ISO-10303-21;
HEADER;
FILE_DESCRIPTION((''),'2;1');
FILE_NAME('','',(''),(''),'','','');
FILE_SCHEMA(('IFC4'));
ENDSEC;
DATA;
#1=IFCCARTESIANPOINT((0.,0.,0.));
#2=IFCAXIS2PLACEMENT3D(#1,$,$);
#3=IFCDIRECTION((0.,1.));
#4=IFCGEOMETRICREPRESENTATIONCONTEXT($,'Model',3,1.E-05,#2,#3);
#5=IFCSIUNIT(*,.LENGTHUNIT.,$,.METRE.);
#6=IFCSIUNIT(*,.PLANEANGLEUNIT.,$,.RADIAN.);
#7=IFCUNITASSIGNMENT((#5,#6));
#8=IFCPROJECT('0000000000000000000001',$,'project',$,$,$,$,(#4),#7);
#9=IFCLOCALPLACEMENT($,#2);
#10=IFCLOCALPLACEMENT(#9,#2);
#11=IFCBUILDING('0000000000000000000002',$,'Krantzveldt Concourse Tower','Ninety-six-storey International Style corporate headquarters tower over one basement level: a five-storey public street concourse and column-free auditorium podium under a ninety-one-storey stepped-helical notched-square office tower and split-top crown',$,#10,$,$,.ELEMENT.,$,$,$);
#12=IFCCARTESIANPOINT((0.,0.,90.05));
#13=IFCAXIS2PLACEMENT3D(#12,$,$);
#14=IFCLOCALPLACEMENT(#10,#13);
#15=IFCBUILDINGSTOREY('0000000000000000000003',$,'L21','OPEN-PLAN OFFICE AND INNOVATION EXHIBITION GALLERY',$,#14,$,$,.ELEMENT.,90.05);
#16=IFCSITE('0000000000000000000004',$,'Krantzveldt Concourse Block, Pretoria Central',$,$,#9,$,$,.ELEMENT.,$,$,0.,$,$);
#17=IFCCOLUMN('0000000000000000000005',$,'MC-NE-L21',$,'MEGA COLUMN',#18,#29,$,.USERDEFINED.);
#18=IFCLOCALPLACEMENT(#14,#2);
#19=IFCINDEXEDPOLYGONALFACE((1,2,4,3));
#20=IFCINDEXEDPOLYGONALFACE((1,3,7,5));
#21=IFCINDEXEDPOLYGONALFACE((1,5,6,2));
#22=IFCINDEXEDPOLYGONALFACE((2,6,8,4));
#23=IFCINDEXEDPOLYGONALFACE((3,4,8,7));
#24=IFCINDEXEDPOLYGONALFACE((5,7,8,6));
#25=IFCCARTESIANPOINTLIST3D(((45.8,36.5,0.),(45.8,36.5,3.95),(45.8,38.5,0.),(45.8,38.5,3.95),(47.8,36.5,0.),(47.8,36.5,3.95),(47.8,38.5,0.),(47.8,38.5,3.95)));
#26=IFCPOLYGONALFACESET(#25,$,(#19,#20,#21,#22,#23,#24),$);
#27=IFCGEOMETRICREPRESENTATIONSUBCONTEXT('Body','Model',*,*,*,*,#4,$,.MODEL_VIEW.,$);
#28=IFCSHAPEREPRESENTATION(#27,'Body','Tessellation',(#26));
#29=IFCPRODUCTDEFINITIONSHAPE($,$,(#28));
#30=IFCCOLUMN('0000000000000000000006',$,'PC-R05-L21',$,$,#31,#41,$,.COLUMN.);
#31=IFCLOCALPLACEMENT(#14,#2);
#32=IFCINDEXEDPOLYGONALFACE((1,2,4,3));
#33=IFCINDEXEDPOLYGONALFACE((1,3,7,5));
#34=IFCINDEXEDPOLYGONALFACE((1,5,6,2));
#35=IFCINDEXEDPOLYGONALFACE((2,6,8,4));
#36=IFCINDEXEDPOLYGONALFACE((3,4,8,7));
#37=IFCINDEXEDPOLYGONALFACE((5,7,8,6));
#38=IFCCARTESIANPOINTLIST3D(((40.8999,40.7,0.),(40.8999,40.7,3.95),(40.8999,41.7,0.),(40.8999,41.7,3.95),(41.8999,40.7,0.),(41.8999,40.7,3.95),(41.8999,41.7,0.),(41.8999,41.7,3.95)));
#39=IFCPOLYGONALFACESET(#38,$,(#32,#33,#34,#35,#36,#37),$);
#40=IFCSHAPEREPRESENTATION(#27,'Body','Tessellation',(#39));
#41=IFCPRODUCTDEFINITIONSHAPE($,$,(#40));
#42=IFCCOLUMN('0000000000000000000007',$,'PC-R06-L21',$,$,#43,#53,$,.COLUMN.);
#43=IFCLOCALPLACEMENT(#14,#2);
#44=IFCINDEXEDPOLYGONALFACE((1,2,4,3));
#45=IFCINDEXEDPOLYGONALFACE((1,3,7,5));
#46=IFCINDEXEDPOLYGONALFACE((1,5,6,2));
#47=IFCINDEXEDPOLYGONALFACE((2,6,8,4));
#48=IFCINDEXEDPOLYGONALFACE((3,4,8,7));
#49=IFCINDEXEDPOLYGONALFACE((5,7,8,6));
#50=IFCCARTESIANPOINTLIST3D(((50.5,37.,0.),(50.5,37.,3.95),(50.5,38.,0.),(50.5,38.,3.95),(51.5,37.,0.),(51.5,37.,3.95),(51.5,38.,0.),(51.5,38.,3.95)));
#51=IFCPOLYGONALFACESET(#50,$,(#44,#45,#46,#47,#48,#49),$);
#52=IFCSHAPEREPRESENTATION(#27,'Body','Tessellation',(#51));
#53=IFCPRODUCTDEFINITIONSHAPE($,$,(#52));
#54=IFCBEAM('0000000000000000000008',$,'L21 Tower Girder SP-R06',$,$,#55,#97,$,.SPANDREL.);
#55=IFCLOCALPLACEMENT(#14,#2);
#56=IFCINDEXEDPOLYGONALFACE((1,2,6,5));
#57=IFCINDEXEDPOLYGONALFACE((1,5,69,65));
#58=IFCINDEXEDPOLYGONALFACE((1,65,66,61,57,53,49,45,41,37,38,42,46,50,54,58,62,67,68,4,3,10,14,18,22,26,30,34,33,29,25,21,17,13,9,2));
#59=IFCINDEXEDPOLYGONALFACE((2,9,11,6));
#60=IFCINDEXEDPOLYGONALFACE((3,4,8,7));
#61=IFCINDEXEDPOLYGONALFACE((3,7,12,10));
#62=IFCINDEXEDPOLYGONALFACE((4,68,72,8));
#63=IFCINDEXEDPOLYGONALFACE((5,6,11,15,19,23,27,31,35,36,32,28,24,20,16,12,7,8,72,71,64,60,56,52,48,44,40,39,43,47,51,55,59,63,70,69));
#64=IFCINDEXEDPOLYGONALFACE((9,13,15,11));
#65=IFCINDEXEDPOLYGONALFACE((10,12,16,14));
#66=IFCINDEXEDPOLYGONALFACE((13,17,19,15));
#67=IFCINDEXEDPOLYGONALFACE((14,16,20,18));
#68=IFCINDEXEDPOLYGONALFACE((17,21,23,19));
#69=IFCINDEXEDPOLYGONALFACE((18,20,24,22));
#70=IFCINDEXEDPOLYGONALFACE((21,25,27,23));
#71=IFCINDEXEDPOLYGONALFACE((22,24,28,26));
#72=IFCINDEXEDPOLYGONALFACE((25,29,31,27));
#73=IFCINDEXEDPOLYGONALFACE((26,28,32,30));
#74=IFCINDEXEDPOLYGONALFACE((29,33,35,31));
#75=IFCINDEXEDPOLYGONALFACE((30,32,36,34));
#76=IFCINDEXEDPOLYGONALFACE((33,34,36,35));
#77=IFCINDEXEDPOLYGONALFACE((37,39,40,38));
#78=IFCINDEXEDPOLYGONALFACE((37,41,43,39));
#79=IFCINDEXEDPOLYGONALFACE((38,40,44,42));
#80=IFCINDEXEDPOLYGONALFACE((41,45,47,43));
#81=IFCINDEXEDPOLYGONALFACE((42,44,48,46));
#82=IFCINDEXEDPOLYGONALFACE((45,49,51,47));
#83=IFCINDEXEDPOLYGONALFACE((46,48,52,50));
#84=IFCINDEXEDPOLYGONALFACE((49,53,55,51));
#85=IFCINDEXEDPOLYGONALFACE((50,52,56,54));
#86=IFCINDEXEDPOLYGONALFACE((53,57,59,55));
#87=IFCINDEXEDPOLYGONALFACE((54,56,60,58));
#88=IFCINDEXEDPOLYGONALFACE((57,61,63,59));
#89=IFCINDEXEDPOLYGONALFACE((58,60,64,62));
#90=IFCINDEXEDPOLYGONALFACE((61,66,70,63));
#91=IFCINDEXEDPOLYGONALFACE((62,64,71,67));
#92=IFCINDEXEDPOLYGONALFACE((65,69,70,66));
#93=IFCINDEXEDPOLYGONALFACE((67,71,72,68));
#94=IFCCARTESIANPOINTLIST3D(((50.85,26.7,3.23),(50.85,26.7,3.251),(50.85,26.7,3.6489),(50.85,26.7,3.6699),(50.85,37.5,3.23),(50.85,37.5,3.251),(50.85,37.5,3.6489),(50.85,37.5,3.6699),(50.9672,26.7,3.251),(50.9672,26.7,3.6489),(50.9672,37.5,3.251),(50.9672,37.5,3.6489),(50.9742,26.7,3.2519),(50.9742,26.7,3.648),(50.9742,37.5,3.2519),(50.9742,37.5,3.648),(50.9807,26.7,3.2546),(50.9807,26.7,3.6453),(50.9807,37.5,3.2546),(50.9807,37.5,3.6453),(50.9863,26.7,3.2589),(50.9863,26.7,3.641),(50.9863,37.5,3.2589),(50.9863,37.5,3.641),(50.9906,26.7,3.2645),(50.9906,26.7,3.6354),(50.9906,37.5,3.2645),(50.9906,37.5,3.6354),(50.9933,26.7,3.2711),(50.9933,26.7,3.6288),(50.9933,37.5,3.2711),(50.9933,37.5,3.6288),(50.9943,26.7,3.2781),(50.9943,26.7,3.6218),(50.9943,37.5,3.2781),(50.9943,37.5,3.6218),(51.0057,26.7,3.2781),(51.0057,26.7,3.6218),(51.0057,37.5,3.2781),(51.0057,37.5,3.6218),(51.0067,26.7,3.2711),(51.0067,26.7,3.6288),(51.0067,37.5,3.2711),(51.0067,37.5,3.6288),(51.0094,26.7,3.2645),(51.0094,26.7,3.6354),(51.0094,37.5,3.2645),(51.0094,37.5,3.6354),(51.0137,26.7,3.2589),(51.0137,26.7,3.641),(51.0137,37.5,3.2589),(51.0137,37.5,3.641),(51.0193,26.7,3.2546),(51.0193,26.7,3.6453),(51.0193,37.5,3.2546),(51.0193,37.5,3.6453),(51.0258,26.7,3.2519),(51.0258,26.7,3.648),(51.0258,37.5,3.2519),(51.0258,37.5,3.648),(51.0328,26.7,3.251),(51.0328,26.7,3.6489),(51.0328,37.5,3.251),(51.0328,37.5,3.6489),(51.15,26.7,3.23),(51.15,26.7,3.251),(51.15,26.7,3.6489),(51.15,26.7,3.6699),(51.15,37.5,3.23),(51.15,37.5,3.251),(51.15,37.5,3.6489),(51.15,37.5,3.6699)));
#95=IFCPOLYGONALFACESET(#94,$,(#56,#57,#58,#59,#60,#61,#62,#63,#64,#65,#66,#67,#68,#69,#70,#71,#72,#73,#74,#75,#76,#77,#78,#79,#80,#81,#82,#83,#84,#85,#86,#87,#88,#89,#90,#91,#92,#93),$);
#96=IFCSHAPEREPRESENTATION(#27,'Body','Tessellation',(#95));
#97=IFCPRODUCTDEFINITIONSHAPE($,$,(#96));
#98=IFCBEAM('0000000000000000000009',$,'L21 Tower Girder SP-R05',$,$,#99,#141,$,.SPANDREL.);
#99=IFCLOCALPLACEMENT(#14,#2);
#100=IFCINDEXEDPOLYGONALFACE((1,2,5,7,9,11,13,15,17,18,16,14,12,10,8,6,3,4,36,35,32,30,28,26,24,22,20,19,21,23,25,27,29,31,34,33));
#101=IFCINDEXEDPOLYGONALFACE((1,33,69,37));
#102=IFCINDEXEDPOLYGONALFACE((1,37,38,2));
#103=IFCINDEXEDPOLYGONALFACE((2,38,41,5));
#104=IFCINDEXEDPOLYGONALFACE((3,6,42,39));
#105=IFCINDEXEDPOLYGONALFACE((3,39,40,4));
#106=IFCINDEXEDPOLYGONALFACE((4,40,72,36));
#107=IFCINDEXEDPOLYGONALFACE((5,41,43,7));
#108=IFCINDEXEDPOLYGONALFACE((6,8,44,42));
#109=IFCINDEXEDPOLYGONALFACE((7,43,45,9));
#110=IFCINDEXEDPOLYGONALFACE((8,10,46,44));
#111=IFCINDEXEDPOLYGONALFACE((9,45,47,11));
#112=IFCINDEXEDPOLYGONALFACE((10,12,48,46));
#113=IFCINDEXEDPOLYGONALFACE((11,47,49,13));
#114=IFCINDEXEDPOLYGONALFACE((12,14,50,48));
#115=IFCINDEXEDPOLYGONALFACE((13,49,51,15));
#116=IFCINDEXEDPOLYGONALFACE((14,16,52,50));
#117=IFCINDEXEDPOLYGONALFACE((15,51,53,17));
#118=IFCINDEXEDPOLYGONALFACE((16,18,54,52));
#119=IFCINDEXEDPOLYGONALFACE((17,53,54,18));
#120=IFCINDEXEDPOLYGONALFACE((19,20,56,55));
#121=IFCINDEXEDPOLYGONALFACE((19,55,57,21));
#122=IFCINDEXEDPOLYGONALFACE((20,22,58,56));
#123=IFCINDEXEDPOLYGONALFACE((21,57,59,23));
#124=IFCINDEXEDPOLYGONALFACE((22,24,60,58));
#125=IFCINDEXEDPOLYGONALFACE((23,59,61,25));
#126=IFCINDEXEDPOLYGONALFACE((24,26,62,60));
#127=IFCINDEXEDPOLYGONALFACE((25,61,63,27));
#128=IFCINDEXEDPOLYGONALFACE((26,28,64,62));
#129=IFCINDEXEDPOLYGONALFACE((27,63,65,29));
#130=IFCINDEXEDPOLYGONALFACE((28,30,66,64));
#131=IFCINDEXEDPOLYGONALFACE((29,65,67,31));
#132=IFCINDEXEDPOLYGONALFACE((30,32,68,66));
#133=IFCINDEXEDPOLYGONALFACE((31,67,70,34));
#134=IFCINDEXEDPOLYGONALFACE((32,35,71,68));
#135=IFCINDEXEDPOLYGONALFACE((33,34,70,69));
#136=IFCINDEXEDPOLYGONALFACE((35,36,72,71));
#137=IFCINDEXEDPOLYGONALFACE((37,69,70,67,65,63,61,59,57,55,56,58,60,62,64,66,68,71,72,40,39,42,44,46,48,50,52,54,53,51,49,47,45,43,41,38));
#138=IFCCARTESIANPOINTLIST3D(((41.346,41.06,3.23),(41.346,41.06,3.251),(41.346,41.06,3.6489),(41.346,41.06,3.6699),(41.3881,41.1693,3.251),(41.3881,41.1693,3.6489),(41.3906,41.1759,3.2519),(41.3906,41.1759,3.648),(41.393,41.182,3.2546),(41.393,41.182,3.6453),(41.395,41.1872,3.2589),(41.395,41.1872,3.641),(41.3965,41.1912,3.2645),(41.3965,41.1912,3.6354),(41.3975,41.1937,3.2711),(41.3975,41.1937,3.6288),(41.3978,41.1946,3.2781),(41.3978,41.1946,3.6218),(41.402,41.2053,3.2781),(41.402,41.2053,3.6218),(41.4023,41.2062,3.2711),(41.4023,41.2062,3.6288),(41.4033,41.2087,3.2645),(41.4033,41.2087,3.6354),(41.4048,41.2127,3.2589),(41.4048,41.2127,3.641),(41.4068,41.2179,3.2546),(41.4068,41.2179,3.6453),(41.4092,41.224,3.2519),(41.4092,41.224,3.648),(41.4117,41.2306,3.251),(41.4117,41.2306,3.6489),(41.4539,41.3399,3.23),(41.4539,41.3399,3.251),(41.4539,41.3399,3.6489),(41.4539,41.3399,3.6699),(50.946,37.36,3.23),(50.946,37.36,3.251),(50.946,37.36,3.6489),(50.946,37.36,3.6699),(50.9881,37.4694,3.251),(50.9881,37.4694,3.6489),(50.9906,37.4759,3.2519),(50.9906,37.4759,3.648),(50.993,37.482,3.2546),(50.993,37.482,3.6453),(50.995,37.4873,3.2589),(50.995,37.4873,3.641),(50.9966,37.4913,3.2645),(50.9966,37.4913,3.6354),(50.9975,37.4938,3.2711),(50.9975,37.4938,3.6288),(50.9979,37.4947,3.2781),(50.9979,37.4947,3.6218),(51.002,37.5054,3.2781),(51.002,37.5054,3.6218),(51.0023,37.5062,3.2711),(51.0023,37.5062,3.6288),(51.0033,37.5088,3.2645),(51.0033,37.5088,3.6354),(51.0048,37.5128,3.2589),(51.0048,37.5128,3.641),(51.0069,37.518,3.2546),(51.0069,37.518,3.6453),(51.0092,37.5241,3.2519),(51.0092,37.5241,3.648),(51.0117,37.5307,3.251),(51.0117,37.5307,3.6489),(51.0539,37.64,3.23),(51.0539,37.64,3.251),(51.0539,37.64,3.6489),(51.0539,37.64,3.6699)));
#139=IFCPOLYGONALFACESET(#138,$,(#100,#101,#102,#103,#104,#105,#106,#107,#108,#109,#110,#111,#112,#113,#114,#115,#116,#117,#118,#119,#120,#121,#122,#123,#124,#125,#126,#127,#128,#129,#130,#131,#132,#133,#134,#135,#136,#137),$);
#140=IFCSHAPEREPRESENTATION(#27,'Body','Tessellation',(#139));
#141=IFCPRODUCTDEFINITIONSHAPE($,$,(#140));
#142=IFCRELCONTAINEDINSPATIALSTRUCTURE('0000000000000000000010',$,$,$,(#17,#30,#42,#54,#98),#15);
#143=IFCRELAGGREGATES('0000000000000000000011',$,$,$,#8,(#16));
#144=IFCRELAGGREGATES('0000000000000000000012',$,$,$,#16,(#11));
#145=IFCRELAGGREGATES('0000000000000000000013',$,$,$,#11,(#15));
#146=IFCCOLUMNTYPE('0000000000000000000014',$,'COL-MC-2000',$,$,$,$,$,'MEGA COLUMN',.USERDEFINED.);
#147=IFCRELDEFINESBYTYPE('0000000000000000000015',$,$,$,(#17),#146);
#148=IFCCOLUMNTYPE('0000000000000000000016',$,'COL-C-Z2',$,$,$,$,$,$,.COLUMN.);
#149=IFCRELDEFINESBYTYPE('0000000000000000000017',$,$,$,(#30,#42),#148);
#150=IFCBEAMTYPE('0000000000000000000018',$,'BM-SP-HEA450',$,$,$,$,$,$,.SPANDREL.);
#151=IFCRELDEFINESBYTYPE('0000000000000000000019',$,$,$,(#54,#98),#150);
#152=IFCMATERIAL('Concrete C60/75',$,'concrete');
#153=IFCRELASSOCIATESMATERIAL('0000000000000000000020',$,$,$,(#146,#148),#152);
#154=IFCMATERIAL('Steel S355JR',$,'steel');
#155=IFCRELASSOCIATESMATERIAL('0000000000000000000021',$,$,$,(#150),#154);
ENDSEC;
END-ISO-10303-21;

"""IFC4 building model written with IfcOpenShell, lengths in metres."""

from ifc_helpers import new_model, si_unit, direction, frame, origin, origin_2d, place, context, subcontext, project, spatial, rectangle, i_section, extrude, source, transform, mapped, material, material_profile, profile_set, type_object, type_shapes, element, save


model = new_model("IFC4")

# Units and contexts
model_context = context("Model", 3, precision=1e-05, world=origin(), true_north=direction((0.0, 1.0)))
body_context = subcontext(model_context, "Body", "Model", "MODEL_VIEW")
ifc_project = project(units=[si_unit("LENGTHUNIT", "METRE"), si_unit("PLANEANGLEUNIT", "RADIAN")], contexts=[model_context])

# Site, building, storey
site_placement = place(None, origin())
site = spatial("IfcSite", under=ifc_project, at=site_placement, Name="Krantzveldt Concourse Block, Pretoria Central", CompositionType="ELEMENT", RefElevation=0.0)
building_placement = place(site_placement, origin())
building = spatial("IfcBuilding", under=site, at=building_placement, Name="Krantzveldt Concourse Tower", Description="Ninety-six-storey International Style corporate headquarters tower over one basement level: a five-storey public street concourse and column-free auditorium podium under a ninety-one-storey stepped-helical notched-square office tower and split-top crown", CompositionType="ELEMENT")
storey_placement = place(building_placement, frame((0.0, 0.0, 90.05)))
storey = spatial("IfcBuildingStorey", under=building, at=storey_placement, Name="L21", Description="OPEN-PLAN OFFICE AND INNOVATION EXHIBITION GALLERY", CompositionType="ELEMENT", Elevation=90.05)

# Columns
ifc_material_1 = material(Name="Concrete C60/75", Category="concrete")
ifc_material_profile_1 = material_profile(ifc_material_1, rectangle(XDim=2.0, YDim=2.0, at=origin_2d()), Name="Concrete C60/75", Category="concrete")
ifc_profile_set_1 = profile_set([ifc_material_profile_1], Name="Concrete C60/75 - RC 2000x2000")
column_type_1 = type_object("IfcColumnType", Name="COL-MC-2000", ElementType="MEGA COLUMN", PredefinedType="USERDEFINED", material=ifc_profile_set_1)
shared_shape_1 = source(origin(), body_context, "Body", "SweptSolid", [
    extrude(rectangle(XDim=2.0, YDim=2.0, at=origin_2d()), origin(), (0.0, 0.0, 1.0), 3.95),
])
type_shapes(column_type_1, [shared_shape_1])
column_placement = place(storey_placement, frame((46.8, 37.5, 0.0), z_axis=(0.0, 0.0, 1.0), x_axis=(1.0, 0.0, 0.0)))
element("IfcColumn", 1, at=column_placement, inside=storey, type_object=column_type_1, Name="MC-NE-L21", ObjectType="MEGA COLUMN", PredefinedType="USERDEFINED", context=body_context, shape_type="MappedRepresentation", body=[
    mapped(shared_shape_1, transform((0.0, 0.0, 0.0), x_axis=(1.0, 0.0, 0.0), y_axis=(0.0, 1.0, 0.0), z_axis=(0.0, 0.0, 1.0), scale=1.0)),
])
ifc_material_profile_2 = material_profile(ifc_material_1, rectangle(XDim=1.0, YDim=1.0, at=origin_2d()), Name="Concrete C60/75", Category="concrete")
ifc_profile_set_2 = profile_set([ifc_material_profile_2], Name="Concrete C60/75 - RC 1000x1000")
column_type_2 = type_object("IfcColumnType", Name="COL-C-Z2", PredefinedType="COLUMN", material=ifc_profile_set_2)
shared_shape_2 = source(origin(), body_context, "Body", "SweptSolid", [
    extrude(rectangle(XDim=1.0, YDim=1.0, at=origin_2d()), origin(), (0.0, 0.0, 1.0), 3.95),
])
type_shapes(column_type_2, [shared_shape_2])
for number, where, z_axis, x_axis, name in (
    (2, (41.3999, 41.2, 0.0), (0.0, 0.0, 1.0), (1.0, 0.0, 0.0), "PC-R05-L21"),
    (3, (51.0, 37.5, 0.0), (0.0, 0.0, 1.0), (1.0, 0.0, 0.0), "PC-R06-L21"),
):
    element("IfcColumn", number, at=place(storey_placement, frame(where, z_axis=z_axis, x_axis=x_axis)), inside=storey, type_object=column_type_2, Name=name, PredefinedType="COLUMN", context=body_context, shape_type="MappedRepresentation", body=[
        mapped(shared_shape_2, transform((0.0, 0.0, 0.0), x_axis=(1.0, 0.0, 0.0), y_axis=(0.0, 1.0, 0.0), z_axis=(0.0, 0.0, 1.0), scale=1.0)),
    ])

# Beams
ifc_material_2 = material(Name="Steel S355JR", Category="steel")
ifc_material_profile_3 = material_profile(ifc_material_2, i_section(OverallWidth=0.3, OverallDepth=0.4399, WebThickness=0.0115, FlangeThickness=0.021, FilletRadius=0.0271, at=origin_2d()), Name="Steel S355JR", Category="steel")
ifc_profile_set_3 = profile_set([ifc_material_profile_3], Name="Steel S355JR - HEA 450")
beam_type_1 = type_object("IfcBeamType", Name="BM-SP-HEA450", PredefinedType="SPANDREL", material=ifc_profile_set_3)
shared_shape_3 = source(origin(), body_context, "Body", "SweptSolid", [
    extrude(i_section(OverallWidth=0.3, OverallDepth=0.4399, WebThickness=0.0115, FlangeThickness=0.021, FilletRadius=0.0271, at=origin_2d()), origin(), (0.0, 0.0, 1.0), 10.8),
])
beam_1_placement = place(storey_placement, frame((51.0, 37.5, 3.45), z_axis=(0.0, -1.0, 0.0), x_axis=(1.0, 0.0, 0.0)))
element("IfcBeam", 4, at=beam_1_placement, inside=storey, type_object=beam_type_1, Name="L21 Tower Girder SP-R06", PredefinedType="SPANDREL", context=body_context, shape_type="MappedRepresentation", body=[
    mapped(shared_shape_3, transform((0.0, 0.0, 0.0), x_axis=(1.0, 0.0, 0.0), y_axis=(0.0, 1.0, 0.0), z_axis=(0.0, 0.0, 1.0), scale=1.0)),
])
shared_shape_4 = source(origin(), body_context, "Body", "SweptSolid", [
    extrude(i_section(OverallWidth=0.3, OverallDepth=0.4399, WebThickness=0.0115, FlangeThickness=0.021, FilletRadius=0.0271, at=origin_2d()), origin(), (0.0, 0.0, 1.0), 10.2883),
])
type_shapes(beam_type_1, [shared_shape_3, shared_shape_4])
beam_2_placement = place(storey_placement, frame((41.3999, 41.2, 3.45), z_axis=(0.933098, -0.359623, 0.0), x_axis=(0.359623, 0.933098, 0.0)))
element("IfcBeam", 5, at=beam_2_placement, inside=storey, type_object=beam_type_1, Name="L21 Tower Girder SP-R05", PredefinedType="SPANDREL", context=body_context, shape_type="MappedRepresentation", body=[
    mapped(shared_shape_4, transform((0.0, 0.0, 0.0), x_axis=(1.0, 0.0, 0.0), y_axis=(0.0, 1.0, 0.0), z_axis=(0.0, 0.0, 1.0), scale=1.0)),
])

save(model, "model.ifc")
